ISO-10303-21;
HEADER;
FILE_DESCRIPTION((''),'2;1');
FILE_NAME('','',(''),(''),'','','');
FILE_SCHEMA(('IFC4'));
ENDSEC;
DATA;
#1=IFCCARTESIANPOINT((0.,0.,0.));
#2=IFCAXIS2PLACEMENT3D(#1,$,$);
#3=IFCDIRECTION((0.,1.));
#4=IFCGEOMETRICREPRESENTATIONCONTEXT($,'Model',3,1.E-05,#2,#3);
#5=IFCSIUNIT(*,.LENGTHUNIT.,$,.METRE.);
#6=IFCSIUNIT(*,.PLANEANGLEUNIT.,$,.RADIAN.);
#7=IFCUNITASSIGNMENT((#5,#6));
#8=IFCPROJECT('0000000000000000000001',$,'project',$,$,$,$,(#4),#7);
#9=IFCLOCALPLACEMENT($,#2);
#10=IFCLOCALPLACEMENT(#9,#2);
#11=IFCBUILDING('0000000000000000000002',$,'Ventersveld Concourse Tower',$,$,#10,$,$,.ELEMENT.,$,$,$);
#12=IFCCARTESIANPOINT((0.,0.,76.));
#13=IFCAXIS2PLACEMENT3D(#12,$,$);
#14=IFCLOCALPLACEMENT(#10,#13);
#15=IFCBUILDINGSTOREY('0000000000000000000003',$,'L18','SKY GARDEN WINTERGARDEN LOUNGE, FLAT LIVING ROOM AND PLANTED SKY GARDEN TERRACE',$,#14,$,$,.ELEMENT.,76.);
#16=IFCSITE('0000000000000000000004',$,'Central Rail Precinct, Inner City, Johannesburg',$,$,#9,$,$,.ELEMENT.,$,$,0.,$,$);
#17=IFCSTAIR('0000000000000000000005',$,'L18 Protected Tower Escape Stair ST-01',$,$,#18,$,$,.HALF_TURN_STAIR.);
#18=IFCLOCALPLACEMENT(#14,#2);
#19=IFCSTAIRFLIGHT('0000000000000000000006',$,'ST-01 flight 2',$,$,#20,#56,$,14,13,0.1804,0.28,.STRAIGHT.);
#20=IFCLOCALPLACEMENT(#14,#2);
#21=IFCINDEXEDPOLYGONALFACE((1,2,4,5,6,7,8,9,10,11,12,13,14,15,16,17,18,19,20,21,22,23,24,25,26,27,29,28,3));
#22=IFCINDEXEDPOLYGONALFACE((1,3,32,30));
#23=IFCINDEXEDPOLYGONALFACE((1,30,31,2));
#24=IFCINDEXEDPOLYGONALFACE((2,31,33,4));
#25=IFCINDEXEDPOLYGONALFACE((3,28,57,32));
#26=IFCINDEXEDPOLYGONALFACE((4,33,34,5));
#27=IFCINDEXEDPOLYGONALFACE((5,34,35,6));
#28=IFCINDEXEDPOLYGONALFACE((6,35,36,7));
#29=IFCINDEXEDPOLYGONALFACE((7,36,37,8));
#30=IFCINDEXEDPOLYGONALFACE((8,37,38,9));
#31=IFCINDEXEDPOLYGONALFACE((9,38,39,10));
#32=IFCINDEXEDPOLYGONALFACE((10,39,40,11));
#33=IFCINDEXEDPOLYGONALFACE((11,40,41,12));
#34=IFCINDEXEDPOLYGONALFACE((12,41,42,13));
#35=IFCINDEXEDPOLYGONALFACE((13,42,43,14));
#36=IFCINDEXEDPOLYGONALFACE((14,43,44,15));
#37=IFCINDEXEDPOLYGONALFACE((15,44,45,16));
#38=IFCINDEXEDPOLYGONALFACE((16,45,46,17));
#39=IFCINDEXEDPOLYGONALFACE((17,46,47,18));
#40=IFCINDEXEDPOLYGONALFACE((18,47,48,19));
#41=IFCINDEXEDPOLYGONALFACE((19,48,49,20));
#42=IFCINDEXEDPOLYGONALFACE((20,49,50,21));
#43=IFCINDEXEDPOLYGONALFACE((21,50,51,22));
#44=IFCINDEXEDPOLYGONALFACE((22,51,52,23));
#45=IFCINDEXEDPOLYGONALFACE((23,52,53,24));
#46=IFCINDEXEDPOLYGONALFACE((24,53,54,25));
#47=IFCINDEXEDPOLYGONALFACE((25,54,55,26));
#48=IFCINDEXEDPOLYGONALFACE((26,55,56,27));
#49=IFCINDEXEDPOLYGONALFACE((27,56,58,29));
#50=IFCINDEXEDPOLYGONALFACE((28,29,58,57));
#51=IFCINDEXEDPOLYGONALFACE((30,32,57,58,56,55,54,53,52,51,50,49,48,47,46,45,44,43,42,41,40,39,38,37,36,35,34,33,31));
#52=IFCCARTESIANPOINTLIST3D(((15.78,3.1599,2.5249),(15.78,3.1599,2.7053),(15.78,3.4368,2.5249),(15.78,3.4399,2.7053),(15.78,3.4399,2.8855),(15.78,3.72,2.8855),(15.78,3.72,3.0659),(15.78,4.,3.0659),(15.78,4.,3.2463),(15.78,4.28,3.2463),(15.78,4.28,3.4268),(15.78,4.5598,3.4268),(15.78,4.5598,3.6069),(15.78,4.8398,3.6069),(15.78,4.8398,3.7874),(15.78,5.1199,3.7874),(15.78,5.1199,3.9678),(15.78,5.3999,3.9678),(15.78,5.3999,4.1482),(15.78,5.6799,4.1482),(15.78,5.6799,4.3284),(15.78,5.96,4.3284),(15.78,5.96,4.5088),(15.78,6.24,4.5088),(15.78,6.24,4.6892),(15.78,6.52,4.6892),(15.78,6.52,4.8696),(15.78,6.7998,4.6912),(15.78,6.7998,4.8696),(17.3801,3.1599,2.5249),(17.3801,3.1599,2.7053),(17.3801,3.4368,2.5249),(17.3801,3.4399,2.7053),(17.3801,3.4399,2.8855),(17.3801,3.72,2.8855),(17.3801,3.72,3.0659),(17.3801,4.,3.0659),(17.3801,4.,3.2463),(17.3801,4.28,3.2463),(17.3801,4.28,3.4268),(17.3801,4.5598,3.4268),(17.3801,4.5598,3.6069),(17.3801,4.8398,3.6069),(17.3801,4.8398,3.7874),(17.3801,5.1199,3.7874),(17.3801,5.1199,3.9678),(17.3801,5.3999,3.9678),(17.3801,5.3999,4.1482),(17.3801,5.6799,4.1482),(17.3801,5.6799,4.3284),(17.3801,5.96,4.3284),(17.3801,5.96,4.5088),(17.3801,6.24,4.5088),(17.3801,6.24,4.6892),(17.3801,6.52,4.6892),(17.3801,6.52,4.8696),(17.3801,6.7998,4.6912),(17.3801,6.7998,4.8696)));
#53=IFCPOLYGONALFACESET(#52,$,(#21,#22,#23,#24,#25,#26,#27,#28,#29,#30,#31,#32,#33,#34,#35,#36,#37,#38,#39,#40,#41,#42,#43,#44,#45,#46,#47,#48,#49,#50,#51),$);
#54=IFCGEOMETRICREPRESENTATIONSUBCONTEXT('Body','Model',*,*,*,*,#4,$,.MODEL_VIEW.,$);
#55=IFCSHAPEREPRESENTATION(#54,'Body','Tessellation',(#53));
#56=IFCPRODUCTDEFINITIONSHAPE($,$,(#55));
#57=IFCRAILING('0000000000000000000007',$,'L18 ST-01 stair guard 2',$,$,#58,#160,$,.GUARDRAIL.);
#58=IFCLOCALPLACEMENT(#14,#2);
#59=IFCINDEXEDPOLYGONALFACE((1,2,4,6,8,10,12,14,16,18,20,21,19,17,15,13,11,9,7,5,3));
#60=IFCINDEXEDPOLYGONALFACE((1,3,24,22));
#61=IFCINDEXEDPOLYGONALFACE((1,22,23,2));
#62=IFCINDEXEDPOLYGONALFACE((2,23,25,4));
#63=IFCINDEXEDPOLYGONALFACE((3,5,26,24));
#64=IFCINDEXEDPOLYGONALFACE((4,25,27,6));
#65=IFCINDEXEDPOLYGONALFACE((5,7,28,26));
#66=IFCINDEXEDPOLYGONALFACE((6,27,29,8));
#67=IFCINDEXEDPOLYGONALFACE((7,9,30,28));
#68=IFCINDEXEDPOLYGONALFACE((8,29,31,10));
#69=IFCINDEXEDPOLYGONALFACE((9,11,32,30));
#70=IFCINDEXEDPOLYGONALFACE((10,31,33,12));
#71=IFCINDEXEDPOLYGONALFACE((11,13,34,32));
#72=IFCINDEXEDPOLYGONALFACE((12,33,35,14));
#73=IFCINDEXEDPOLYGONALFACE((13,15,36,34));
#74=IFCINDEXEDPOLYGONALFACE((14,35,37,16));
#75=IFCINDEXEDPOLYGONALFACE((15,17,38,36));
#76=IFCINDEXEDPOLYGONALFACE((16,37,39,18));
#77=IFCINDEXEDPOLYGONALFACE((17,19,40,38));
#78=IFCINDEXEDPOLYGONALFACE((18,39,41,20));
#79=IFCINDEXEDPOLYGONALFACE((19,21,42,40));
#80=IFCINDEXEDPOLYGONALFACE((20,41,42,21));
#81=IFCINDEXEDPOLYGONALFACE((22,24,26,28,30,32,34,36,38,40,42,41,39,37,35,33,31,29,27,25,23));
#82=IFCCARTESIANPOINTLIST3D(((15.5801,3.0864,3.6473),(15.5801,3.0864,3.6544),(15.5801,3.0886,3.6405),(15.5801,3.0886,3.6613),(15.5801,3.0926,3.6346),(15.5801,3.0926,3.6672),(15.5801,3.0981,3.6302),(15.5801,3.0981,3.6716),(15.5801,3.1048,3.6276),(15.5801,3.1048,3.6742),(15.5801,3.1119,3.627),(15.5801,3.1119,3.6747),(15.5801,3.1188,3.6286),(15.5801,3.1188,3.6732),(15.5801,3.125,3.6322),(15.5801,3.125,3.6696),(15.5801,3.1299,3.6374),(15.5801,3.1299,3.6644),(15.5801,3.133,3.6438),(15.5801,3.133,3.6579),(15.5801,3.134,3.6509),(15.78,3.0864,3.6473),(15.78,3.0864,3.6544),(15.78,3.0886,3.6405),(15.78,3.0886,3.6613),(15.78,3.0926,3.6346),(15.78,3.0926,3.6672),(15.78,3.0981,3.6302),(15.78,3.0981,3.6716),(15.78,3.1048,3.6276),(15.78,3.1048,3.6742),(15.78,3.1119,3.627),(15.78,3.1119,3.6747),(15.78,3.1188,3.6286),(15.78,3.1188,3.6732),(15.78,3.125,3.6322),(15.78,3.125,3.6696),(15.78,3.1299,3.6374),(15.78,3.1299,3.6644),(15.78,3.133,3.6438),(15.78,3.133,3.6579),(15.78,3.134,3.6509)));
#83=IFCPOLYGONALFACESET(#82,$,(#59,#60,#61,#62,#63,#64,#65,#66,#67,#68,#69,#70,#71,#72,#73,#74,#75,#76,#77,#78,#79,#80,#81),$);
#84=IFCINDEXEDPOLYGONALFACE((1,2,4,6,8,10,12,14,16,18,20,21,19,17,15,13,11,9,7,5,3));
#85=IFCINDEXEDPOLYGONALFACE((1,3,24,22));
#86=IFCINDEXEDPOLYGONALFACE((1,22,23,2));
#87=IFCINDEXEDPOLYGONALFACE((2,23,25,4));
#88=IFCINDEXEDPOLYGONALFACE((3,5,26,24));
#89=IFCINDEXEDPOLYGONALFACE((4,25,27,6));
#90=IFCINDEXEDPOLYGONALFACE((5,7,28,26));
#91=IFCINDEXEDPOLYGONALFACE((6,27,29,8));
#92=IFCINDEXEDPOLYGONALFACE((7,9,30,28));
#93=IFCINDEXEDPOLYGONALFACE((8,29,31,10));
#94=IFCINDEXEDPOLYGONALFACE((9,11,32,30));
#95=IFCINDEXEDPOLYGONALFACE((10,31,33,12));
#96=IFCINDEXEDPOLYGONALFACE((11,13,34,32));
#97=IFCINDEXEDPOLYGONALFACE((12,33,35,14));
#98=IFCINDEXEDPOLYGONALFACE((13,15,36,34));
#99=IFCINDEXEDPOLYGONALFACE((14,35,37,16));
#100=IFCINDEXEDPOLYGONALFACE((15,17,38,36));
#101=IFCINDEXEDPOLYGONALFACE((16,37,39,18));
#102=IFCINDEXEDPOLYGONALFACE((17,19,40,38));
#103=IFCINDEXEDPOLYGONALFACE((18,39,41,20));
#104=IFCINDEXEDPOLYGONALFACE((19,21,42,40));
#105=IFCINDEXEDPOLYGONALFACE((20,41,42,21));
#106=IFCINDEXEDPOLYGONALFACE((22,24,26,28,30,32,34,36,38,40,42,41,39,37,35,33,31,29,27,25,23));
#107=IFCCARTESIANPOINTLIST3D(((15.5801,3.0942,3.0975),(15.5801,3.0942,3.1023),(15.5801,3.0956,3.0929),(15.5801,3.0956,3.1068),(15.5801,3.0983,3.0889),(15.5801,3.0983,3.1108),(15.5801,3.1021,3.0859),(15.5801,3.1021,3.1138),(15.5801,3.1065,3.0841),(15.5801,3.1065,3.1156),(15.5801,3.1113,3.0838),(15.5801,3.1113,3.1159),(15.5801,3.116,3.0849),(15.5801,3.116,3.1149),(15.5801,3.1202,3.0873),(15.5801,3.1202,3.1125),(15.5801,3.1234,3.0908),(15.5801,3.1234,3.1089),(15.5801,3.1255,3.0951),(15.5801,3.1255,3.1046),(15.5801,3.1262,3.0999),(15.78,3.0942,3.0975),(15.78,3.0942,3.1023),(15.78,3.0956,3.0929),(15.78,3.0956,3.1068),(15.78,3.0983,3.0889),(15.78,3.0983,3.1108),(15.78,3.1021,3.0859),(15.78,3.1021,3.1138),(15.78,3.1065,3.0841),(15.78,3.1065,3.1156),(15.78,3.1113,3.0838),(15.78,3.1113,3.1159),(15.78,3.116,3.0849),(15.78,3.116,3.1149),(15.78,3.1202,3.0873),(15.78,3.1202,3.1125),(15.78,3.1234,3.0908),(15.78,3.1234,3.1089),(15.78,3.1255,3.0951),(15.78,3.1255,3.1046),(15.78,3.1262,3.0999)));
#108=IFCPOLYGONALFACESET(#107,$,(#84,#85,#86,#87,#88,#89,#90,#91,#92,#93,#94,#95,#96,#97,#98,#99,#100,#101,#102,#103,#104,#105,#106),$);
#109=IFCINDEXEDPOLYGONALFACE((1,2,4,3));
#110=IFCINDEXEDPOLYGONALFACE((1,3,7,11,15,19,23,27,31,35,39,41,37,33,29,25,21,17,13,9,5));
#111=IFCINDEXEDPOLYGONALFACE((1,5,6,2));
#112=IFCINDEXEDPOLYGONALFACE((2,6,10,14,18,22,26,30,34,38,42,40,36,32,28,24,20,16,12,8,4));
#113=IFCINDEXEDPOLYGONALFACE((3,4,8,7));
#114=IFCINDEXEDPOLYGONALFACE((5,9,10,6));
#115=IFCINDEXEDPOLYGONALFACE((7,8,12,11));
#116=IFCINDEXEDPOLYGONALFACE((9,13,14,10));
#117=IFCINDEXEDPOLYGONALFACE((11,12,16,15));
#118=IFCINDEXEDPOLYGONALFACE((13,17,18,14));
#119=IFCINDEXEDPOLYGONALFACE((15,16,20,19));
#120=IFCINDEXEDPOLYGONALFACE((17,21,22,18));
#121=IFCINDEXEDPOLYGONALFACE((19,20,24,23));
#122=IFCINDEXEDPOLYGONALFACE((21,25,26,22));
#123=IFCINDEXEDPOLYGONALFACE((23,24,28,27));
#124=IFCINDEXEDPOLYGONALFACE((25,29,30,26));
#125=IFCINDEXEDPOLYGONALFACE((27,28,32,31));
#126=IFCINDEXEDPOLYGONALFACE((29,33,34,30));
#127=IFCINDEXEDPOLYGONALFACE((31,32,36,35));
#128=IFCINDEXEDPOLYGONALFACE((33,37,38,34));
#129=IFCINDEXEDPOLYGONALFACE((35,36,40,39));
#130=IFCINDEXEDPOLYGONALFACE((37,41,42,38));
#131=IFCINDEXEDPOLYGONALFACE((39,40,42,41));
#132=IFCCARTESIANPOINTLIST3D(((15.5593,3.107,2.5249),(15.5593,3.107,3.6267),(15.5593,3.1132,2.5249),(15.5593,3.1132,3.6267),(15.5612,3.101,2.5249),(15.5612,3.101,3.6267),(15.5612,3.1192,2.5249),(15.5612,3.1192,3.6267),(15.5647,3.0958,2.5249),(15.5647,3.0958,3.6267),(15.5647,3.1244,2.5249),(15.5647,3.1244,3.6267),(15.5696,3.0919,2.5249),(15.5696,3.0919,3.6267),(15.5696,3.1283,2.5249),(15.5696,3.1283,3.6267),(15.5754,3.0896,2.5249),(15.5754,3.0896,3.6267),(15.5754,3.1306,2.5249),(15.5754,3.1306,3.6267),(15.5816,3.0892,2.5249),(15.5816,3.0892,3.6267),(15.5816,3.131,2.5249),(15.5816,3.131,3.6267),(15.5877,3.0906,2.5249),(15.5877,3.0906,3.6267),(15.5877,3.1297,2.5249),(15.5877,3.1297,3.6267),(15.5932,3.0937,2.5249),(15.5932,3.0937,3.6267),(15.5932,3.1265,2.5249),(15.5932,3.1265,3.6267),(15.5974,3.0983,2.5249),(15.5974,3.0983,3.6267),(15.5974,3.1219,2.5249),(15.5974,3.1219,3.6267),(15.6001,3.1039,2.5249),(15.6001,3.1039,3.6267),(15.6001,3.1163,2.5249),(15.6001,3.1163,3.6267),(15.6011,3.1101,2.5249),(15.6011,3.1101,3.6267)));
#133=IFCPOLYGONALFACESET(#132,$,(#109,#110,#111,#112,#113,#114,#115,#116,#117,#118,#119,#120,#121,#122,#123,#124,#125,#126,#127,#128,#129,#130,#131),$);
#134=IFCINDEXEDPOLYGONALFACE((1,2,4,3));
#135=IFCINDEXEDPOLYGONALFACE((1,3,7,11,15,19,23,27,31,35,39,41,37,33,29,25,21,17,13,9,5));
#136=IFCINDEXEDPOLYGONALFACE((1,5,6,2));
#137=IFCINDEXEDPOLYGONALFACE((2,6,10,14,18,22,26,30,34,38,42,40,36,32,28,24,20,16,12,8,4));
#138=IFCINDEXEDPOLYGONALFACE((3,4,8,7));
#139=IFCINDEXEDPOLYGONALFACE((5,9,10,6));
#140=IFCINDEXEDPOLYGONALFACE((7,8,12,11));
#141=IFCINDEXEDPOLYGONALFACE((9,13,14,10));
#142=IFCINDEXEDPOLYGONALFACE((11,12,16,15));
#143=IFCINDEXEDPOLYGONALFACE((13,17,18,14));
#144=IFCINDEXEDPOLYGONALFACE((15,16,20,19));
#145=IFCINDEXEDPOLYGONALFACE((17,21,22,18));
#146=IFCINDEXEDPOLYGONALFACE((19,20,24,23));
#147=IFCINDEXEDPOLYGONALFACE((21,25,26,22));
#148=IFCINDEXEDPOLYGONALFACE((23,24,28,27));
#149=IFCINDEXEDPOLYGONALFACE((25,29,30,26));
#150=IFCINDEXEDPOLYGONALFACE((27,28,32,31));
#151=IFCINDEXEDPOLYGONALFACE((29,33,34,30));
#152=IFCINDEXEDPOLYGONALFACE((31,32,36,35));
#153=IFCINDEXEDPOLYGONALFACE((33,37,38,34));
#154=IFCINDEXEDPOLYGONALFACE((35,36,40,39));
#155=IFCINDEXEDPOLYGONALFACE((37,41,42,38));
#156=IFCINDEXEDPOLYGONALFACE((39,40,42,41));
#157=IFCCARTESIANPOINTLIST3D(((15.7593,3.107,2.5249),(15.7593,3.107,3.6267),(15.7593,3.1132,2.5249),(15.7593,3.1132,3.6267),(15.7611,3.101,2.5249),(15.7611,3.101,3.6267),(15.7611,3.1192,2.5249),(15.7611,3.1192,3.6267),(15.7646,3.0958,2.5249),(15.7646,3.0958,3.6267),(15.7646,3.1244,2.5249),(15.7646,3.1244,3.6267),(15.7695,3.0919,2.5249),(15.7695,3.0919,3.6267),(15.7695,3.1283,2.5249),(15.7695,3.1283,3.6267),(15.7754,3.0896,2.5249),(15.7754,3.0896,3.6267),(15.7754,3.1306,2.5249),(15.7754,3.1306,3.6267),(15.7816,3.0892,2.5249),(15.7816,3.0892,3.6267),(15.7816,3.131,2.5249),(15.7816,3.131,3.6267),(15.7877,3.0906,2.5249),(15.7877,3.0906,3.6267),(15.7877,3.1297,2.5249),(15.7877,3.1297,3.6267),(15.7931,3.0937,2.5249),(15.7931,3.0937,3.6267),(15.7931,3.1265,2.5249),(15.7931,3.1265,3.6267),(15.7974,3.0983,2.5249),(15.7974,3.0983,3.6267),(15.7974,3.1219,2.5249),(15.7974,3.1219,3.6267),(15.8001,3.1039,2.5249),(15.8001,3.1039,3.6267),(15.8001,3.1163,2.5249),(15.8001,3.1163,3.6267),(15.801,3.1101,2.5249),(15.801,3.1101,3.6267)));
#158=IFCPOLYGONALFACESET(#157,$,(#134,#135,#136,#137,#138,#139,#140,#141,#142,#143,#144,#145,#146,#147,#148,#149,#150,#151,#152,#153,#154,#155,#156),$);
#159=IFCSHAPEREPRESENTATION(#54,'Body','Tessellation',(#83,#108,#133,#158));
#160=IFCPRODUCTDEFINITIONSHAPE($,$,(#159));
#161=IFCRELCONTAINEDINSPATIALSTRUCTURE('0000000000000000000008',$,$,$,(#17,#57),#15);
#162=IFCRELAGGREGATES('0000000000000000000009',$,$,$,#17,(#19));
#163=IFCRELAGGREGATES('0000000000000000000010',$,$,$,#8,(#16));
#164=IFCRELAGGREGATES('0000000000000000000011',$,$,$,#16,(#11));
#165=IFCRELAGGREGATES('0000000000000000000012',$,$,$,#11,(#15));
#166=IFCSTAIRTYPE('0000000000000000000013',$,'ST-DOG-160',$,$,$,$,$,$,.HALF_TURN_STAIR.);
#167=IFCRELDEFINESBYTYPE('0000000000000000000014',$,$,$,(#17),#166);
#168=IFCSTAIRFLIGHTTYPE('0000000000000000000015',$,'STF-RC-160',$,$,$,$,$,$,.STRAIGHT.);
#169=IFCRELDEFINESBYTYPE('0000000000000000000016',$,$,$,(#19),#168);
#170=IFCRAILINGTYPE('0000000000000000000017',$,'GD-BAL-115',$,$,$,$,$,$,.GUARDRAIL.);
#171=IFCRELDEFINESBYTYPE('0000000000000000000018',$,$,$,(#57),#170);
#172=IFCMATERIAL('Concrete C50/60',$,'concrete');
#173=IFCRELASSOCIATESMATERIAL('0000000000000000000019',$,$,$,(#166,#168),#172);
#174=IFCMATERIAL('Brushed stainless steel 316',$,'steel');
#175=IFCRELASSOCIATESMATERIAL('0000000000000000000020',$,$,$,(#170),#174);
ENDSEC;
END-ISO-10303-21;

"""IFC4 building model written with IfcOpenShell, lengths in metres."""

from ifc_helpers import new_model, si_unit, direction, frame, origin, origin_2d, place, context, subcontext, project, spatial, polyline, circle, outline, extrude, material, type_object, element, aggregate, save


model = new_model("IFC4")

# Units and contexts
model_context = context("Model", 3, precision=1e-05, world=origin(), true_north=direction((0.0, 1.0)))
body_context = subcontext(model_context, "Body", "Model", "MODEL_VIEW")
ifc_project = project(units=[si_unit("LENGTHUNIT", "METRE"), si_unit("PLANEANGLEUNIT", "RADIAN")], contexts=[model_context])

# Site, building, storey
site_placement = place(None, origin())
site = spatial("IfcSite", under=ifc_project, at=site_placement, Name="Central Rail Precinct, Inner City, Johannesburg", CompositionType="ELEMENT", RefElevation=0.0)
building_placement = place(site_placement, origin())
building = spatial("IfcBuilding", under=site, at=building_placement, Name="Ventersveld Concourse Tower", CompositionType="ELEMENT")
storey_placement = place(building_placement, frame((0.0, 0.0, 76.0)))
storey = spatial("IfcBuildingStorey", under=building, at=storey_placement, Name="L18", Description="SKY GARDEN WINTERGARDEN LOUNGE, FLAT LIVING ROOM AND PLANTED SKY GARDEN TERRACE", CompositionType="ELEMENT", Elevation=76.0)

# Shared definitions
ifc_material_1 = material(Name="Concrete C50/60", Category="concrete")

# Shared definitions
ifc_material_2 = material(Name="Brushed stainless steel 316", Category="steel")

# Stair, stair flight
stair_type = type_object("IfcStairType", Name="ST-DOG-160", PredefinedType="HALF_TURN_STAIR", material=ifc_material_1)
stair_placement = place(storey_placement, origin())
stair = element("IfcStair", 1, at=stair_placement, inside=storey, type_object=stair_type, Name="L18 Protected Tower Escape Stair ST-01", PredefinedType="HALF_TURN_STAIR")
stair_flight_type = type_object("IfcStairFlightType", Name="STF-RC-160", PredefinedType="STRAIGHT", material=ifc_material_1)
stair_flight_placement = place(storey_placement, frame((16.5801, 3.1599, 2.5249), z_axis=(0.0, 0.0, 1.0), x_axis=(0.0, 1.0, 0.0)))
stair_flight = element("IfcStairFlight", 2, at=stair_flight_placement, type_object=stair_flight_type, Name="ST-01 flight 2", NumberOfRisers=14, NumberOfTreads=13, PredefinedType="STRAIGHT", RiserHeight=0.1804, TreadLength=0.28, context=body_context, shape_type="SweptSolid", body=[
    extrude(outline(polyline([(0.0, 0.0), (0.0, 0.1804), (0.28, 0.1804), (0.28, 0.3606), (0.5601, 0.3606), (0.5601, 0.541), (0.8401, 0.541), (0.8401, 0.7214), (1.1201, 0.7214), (1.1201, 0.9019), (1.3999, 0.9019), (1.3999, 1.082), (1.6799, 1.082), (1.6799, 1.2625), (1.96, 1.2625), (1.96, 1.4429), (2.24, 1.4429), (2.24, 1.6233), (2.52, 1.6233), (2.52, 1.8035), (2.8, 1.8035), (2.8, 1.9839), (3.0801, 1.9839), (3.0801, 2.1643), (3.3601, 2.1643), (3.3601, 2.3447), (3.6399, 2.3447), (3.6399, 2.5249), (3.6399, 2.1663), (0.2769, 0.0), (0.0, 0.0)])), frame((0.0, 0.8, 0.0), z_axis=(0.0, -1.0, 0.0), x_axis=(1.0, 0.0, 0.0)), (0.0, 0.0, 1.0), 1.6001),
])
aggregate(stair, [stair_flight])

# Railing
railing_type_1 = type_object("IfcRailingType", Name="GD-BAL-115", PredefinedType="GUARDRAIL", material=ifc_material_2)
railing_1_placement = place(storey_placement, frame((15.5801, 3.1101, 2.5249)))
element("IfcRailing", 3, at=railing_1_placement, inside=storey, type_object=railing_type_1, Name="L18 ST-01 stair guard 2", PredefinedType="GUARDRAIL", context=body_context, shape_type="SweptSolid", body=[
    extrude(circle(Radius=0.0239, at=origin_2d()), frame((0.0, 0.0, 1.126), z_axis=(1.0, 0.0, 0.0), x_axis=(0.0, 1.0, 0.0)), (0.0, 0.0, 1.0), 0.2),
    extrude(circle(Radius=0.0161, at=origin_2d()), frame((0.0, 0.0, 0.575), z_axis=(1.0, 0.0, 0.0), x_axis=(0.0, 1.0, 0.0)), (0.0, 0.0, 1.0), 0.2),
    extrude(circle(Radius=0.021, at=origin_2d()), origin(), (0.0, 0.0, 1.0), 1.1018),
    extrude(circle(Radius=0.021, at=origin_2d()), frame((0.2, 0.0, 0.0)), (0.0, 0.0, 1.0), 1.1018),
])

save(model, "model.ifc")
